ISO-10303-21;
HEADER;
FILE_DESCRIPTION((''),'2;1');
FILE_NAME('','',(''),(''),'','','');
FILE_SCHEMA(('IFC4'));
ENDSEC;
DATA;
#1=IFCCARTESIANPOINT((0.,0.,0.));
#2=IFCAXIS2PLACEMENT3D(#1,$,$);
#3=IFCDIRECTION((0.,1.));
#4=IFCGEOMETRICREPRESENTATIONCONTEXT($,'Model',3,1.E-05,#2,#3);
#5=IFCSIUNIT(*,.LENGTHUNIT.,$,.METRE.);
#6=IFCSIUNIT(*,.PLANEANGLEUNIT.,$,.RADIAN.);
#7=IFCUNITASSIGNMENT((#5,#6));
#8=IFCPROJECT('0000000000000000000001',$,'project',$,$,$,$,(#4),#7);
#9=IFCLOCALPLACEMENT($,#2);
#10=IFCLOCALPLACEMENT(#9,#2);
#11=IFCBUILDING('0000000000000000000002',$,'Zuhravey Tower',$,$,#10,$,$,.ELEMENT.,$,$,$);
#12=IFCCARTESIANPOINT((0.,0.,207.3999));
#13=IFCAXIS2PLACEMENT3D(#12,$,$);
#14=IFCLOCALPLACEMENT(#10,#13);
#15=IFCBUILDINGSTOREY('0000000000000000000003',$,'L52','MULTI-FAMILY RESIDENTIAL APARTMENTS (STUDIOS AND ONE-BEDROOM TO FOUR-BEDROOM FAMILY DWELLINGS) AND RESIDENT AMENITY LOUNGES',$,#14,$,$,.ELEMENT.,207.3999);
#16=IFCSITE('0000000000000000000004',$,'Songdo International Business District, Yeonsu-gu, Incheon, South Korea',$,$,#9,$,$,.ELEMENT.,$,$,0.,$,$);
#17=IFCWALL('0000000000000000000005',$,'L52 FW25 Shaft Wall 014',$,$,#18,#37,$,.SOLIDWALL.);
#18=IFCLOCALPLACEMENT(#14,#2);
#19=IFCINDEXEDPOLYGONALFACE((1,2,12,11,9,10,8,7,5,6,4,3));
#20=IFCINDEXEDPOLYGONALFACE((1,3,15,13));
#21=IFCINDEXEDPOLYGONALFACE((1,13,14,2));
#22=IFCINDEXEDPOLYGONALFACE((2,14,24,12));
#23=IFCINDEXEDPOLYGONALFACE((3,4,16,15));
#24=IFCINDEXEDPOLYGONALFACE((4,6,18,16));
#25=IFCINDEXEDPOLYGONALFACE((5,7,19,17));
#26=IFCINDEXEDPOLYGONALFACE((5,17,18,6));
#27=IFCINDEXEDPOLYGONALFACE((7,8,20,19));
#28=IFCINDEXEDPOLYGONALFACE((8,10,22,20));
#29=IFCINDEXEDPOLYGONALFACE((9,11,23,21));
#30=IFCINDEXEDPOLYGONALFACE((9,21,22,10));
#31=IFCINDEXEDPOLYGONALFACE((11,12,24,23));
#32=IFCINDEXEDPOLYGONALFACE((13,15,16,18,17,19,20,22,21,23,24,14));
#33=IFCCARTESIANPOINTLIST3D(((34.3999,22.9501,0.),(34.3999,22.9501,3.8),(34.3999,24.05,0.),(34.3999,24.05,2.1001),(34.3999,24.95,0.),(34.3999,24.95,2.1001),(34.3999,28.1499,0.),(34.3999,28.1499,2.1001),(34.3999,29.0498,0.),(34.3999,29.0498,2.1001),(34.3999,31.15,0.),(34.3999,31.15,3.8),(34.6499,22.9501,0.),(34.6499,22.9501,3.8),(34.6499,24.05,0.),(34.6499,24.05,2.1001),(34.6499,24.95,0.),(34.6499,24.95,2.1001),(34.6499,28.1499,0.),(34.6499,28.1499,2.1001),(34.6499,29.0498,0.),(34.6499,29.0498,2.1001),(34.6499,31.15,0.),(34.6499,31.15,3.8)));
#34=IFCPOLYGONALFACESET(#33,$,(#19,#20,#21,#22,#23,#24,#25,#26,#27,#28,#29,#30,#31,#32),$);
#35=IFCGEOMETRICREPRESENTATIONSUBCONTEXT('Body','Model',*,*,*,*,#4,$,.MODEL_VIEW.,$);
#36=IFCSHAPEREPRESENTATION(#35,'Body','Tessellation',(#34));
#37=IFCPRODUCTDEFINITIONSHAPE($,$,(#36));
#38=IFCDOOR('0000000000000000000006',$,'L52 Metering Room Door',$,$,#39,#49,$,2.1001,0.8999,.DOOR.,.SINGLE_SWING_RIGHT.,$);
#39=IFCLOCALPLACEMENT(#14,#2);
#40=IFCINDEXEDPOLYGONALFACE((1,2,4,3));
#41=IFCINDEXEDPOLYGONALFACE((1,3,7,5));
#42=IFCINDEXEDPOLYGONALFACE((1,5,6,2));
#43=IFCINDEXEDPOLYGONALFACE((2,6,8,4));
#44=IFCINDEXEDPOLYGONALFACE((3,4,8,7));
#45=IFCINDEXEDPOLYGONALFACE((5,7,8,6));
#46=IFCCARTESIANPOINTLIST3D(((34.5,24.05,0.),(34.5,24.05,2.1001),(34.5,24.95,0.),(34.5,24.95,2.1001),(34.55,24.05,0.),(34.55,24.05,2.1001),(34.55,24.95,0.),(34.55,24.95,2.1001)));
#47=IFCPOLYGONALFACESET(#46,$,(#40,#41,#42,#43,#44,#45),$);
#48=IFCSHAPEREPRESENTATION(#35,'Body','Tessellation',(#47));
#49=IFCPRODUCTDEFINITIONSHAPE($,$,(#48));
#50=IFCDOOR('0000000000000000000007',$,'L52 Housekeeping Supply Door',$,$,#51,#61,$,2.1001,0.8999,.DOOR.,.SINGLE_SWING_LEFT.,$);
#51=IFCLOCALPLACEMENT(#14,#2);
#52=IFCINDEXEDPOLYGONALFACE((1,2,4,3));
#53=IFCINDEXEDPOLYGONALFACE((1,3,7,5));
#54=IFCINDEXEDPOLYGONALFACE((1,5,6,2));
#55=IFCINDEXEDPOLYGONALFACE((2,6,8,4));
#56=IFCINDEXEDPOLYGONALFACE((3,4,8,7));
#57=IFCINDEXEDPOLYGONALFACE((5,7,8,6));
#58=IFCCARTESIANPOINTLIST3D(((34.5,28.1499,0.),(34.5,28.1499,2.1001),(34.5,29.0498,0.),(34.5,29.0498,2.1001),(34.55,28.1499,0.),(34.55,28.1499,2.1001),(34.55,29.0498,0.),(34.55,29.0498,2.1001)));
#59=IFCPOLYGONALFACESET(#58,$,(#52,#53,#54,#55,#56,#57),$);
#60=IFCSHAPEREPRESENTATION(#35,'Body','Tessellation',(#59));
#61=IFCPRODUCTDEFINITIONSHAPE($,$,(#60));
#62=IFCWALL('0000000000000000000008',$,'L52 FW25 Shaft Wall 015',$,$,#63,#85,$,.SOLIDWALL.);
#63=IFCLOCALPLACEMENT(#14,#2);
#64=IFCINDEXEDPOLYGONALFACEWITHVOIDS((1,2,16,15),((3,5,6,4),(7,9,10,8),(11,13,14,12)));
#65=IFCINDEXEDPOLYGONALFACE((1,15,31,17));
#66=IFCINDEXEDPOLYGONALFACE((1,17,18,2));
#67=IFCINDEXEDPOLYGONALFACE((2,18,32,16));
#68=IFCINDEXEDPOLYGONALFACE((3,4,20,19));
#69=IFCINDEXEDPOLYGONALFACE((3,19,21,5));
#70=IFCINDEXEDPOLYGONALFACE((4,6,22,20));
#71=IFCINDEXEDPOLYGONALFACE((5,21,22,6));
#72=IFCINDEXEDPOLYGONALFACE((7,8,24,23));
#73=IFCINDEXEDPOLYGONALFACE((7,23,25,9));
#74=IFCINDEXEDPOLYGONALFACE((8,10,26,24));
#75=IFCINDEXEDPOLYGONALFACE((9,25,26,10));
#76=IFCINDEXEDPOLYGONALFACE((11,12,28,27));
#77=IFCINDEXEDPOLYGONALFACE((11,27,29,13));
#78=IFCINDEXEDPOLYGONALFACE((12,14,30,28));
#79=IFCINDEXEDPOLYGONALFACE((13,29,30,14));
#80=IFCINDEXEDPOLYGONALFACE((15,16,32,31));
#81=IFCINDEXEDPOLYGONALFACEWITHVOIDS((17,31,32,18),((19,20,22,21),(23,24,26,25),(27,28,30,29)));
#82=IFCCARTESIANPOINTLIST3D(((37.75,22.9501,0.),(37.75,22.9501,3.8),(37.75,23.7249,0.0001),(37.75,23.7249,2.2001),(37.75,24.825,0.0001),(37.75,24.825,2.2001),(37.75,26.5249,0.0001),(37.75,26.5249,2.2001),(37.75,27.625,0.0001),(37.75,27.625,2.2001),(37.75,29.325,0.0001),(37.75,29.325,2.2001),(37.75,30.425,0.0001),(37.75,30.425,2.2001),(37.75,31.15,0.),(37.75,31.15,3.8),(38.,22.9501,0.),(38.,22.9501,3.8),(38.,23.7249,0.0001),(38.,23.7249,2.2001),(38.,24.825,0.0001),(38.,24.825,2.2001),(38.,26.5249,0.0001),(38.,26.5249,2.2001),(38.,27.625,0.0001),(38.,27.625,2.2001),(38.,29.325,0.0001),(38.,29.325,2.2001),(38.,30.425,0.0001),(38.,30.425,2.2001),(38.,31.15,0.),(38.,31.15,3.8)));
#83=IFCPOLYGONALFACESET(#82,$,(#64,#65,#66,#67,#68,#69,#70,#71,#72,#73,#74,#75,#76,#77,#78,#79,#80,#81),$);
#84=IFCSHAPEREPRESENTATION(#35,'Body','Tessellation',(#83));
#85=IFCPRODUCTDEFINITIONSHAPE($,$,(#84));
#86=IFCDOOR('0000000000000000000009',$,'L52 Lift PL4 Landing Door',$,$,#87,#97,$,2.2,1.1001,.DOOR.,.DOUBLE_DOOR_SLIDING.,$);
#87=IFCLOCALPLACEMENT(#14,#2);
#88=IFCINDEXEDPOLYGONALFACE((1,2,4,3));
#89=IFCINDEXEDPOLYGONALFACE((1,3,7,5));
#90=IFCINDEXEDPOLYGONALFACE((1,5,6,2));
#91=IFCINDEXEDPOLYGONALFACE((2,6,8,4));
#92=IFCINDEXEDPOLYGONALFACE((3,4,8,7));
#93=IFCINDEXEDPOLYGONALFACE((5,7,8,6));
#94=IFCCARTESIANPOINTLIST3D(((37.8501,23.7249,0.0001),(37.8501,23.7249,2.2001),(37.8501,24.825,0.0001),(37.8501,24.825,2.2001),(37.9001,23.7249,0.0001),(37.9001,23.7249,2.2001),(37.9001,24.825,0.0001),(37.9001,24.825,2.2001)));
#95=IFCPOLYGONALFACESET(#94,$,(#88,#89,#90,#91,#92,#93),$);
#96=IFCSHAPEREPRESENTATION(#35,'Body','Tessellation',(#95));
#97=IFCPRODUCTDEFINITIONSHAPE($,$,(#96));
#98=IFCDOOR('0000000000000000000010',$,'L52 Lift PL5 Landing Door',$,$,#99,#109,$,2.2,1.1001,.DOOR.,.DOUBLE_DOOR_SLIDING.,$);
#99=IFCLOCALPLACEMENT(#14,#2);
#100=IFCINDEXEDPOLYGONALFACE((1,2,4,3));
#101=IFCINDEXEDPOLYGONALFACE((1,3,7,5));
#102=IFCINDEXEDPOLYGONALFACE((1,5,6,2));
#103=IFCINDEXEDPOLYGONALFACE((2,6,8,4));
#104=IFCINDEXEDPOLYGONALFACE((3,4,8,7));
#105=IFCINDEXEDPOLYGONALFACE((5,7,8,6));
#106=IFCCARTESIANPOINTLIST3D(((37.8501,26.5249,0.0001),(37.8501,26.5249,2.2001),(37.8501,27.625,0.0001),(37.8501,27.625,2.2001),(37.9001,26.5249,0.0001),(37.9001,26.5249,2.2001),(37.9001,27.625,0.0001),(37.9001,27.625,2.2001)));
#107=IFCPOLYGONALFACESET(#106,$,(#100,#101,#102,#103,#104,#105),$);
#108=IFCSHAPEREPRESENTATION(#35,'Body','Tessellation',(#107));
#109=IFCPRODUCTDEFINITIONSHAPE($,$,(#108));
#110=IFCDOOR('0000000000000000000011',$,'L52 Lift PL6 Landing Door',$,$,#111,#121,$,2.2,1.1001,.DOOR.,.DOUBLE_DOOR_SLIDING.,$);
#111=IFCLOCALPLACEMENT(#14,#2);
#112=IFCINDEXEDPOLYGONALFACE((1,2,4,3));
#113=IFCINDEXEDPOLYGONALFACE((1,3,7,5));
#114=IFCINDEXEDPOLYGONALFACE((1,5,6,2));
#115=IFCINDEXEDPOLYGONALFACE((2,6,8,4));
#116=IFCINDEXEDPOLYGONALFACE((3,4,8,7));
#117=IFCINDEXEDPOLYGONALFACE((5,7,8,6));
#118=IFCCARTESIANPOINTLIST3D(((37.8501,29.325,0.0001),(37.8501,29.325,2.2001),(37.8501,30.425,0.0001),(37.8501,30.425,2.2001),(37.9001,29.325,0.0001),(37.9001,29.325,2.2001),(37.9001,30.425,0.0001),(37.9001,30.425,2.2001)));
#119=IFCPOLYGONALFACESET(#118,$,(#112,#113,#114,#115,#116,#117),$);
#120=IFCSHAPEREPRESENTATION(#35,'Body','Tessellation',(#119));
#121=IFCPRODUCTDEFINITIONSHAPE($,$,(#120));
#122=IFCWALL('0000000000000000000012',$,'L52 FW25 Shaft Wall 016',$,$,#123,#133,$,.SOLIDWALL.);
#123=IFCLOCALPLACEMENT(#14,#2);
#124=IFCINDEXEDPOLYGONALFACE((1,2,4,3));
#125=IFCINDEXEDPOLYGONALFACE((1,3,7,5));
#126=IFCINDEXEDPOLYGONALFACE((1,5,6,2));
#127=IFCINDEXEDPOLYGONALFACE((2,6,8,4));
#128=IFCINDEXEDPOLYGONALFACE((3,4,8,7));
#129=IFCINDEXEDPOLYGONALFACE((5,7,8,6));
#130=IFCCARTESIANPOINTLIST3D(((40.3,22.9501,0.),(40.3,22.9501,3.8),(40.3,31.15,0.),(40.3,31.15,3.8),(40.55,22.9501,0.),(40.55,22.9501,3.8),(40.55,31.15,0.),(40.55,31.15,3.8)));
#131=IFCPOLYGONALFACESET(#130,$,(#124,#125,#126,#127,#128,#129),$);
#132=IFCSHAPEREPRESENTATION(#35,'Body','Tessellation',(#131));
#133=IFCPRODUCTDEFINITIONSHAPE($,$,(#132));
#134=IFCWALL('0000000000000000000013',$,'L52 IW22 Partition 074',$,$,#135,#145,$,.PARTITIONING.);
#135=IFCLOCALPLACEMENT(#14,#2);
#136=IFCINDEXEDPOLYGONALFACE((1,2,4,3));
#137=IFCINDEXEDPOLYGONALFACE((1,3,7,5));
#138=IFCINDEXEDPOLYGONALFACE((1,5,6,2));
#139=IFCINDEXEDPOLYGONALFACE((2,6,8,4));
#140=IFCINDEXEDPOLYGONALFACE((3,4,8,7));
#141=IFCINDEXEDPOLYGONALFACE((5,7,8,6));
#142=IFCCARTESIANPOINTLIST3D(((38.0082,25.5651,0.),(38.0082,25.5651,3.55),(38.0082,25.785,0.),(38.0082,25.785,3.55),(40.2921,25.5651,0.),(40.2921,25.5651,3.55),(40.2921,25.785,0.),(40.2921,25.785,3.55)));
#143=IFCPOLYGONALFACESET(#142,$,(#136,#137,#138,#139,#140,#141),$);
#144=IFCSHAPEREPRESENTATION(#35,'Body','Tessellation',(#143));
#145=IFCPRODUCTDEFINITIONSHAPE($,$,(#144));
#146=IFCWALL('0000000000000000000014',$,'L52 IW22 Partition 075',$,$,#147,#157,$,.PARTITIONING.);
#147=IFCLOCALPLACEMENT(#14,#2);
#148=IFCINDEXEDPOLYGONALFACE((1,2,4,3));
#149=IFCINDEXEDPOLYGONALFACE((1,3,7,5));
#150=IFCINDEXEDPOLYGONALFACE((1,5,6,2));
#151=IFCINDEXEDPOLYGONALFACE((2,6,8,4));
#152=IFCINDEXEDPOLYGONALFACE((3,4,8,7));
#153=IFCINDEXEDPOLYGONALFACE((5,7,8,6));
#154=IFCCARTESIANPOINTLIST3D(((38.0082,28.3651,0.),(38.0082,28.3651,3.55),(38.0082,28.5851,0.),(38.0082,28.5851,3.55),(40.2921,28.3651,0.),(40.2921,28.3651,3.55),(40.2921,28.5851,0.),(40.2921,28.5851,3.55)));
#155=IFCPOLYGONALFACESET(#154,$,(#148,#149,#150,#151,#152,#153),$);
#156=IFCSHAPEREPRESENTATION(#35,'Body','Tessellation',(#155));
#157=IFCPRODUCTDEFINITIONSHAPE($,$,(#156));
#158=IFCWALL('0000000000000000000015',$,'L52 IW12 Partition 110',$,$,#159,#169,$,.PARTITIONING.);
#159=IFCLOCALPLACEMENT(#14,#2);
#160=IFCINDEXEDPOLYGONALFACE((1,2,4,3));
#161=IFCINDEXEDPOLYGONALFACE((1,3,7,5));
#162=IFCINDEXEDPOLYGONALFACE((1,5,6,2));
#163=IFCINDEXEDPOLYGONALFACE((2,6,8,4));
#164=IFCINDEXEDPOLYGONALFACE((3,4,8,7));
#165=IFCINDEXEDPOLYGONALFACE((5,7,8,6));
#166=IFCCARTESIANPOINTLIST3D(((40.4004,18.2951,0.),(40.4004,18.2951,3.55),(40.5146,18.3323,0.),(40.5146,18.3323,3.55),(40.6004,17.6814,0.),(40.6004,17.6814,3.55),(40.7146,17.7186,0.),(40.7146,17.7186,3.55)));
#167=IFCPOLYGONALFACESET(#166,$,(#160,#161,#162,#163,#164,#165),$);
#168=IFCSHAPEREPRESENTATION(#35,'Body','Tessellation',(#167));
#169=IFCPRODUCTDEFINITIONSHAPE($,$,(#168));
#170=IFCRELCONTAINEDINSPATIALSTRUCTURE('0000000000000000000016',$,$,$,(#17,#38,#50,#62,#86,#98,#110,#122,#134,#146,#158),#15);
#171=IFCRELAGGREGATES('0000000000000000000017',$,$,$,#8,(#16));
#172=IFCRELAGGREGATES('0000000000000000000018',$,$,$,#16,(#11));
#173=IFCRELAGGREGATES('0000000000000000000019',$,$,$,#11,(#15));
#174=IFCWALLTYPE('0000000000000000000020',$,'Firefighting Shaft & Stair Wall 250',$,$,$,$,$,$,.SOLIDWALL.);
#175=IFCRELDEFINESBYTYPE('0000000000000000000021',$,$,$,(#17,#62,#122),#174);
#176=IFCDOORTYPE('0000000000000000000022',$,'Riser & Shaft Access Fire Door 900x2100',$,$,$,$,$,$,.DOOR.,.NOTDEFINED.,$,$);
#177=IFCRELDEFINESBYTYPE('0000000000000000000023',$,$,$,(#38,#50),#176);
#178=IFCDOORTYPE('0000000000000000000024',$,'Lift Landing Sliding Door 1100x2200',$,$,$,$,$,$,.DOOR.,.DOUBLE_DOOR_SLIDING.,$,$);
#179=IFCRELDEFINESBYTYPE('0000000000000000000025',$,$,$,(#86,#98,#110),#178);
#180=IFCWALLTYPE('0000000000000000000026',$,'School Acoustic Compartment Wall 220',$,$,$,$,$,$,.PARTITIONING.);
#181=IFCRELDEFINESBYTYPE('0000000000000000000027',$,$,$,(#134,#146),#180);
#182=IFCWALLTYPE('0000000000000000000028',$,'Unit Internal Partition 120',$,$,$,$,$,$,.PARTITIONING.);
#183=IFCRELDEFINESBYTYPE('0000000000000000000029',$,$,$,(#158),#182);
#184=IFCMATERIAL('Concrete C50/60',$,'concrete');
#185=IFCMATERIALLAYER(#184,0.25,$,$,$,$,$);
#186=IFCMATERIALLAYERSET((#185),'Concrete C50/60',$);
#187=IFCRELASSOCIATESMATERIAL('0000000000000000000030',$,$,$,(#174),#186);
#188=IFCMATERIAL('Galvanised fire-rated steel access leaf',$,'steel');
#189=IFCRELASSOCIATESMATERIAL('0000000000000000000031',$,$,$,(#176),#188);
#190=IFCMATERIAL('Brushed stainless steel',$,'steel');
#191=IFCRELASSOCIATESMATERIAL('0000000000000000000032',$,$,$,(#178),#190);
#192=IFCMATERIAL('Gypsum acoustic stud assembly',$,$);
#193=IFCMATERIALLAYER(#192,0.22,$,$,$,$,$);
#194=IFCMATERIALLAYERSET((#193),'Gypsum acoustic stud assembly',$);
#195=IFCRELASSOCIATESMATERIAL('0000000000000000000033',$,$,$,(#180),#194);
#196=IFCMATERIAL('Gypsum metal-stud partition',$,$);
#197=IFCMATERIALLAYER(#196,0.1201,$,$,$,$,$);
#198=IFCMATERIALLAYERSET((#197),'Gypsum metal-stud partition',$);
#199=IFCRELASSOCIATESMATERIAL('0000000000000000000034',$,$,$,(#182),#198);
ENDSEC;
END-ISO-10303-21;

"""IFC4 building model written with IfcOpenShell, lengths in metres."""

from ifc_helpers import new_model, si_unit, direction, frame, frame_2d, origin, place, context, subcontext, project, spatial, rectangle, extrude, material, layer, layer_set, type_object, element, fill, save


model = new_model("IFC4")

# Units and contexts
model_context = context("Model", 3, precision=1e-05, world=origin(), true_north=direction((0.0, 1.0)))
body_context = subcontext(model_context, "Body", "Model", "MODEL_VIEW")
ifc_project = project(units=[si_unit("LENGTHUNIT", "METRE"), si_unit("PLANEANGLEUNIT", "RADIAN")], contexts=[model_context])

# Site, building, storey
site_placement = place(None, origin())
site = spatial("IfcSite", under=ifc_project, at=site_placement, Name="Songdo International Business District, Yeonsu-gu, Incheon, South Korea", CompositionType="ELEMENT", RefElevation=0.0)
building_placement = place(site_placement, origin())
building = spatial("IfcBuilding", under=site, at=building_placement, Name="Zuhravey Tower", CompositionType="ELEMENT")
storey_placement = place(building_placement, frame((0.0, 0.0, 207.3999)))
storey = spatial("IfcBuildingStorey", under=building, at=storey_placement, Name="L52", Description="MULTI-FAMILY RESIDENTIAL APARTMENTS (STUDIOS AND ONE-BEDROOM TO FOUR-BEDROOM FAMILY DWELLINGS) AND RESIDENT AMENITY LOUNGES", CompositionType="ELEMENT", Elevation=207.3999)

# Shared definitions
ifc_material_1 = material(Name="Concrete C50/60", Category="concrete")
ifc_layer_1 = layer(ifc_material_1, 0.25)
ifc_layer_set_1 = layer_set([ifc_layer_1], Name="Concrete C50/60")
wall_type_1 = type_object("IfcWallType", Name="Firefighting Shaft & Stair Wall 250", PredefinedType="SOLIDWALL", material=ifc_layer_set_1)

# Shared definitions
ifc_material_2 = material(Name="Galvanised fire-rated steel access leaf", Category="steel")
door_type_1 = type_object("IfcDoorType", Name="Riser & Shaft Access Fire Door 900x2100", OperationType="NOTDEFINED", PredefinedType="DOOR", material=ifc_material_2)

# Walls, openings, doors
wall_1_placement = place(storey_placement, frame((34.5249, 22.95, 0.0), z_axis=(0.0, 0.0, 1.0), x_axis=(0.0, 1.0, 0.0)))
wall_1 = element("IfcWall", 1, at=wall_1_placement, inside=storey, type_object=wall_type_1, Name="L52 FW25 Shaft Wall 014", PredefinedType="SOLIDWALL", context=body_context, shape_type="SweptSolid", body=[
    extrude(rectangle(XDim=8.2, YDim=0.25, at=frame_2d((4.1001, 0.0))), origin(), (0.0, 0.0, 1.0), 3.8),
])
opening_1_placement = place(wall_1_placement, frame((1.1001, 0.0, 0.0)))
opening_1 = element("IfcOpeningElement", 2, at=opening_1_placement, cuts=wall_1, PredefinedType="OPENING", context=body_context, shape_type="SweptSolid", body=[
    extrude(rectangle(XDim=0.8999, YDim=2.1001, at=frame_2d((0.45, 1.05))), frame((0.0, 0.137, 0.0), z_axis=(0.0, -1.0, 0.0), x_axis=(1.0, 0.0, 0.0)), (0.0, 0.0, 1.0), 0.2739),
])
opening_2_placement = place(wall_1_placement, frame((5.2, 0.0, 0.0)))
opening_2 = element("IfcOpeningElement", 3, at=opening_2_placement, cuts=wall_1, PredefinedType="OPENING", context=body_context, shape_type="SweptSolid", body=[
    extrude(rectangle(XDim=0.8999, YDim=2.1001, at=frame_2d((0.45, 1.05))), frame((0.0, 0.137, 0.0), z_axis=(0.0, -1.0, 0.0), x_axis=(1.0, 0.0, 0.0)), (0.0, 0.0, 1.0), 0.2739),
])
door_1_placement = place(opening_1_placement, origin())
door_1 = element("IfcDoor", 4, at=door_1_placement, inside=storey, type_object=door_type_1, Name="L52 Metering Room Door", OperationType="SINGLE_SWING_RIGHT", OverallHeight=2.1001, OverallWidth=0.8999, PredefinedType="DOOR", context=body_context, shape_type="SweptSolid", body=[
    extrude(rectangle(XDim=0.8999, YDim=2.1001, at=frame_2d((0.45, 1.05))), frame((0.0, 0.0249, 0.0), z_axis=(0.0, -1.0, 0.0), x_axis=(1.0, 0.0, 0.0)), (0.0, 0.0, 1.0), 0.05),
])
fill(opening_1, door_1)
door_2_placement = place(opening_2_placement, origin())
door_2 = element("IfcDoor", 5, at=door_2_placement, inside=storey, type_object=door_type_1, Name="L52 Housekeeping Supply Door", OperationType="SINGLE_SWING_LEFT", OverallHeight=2.1001, OverallWidth=0.8999, PredefinedType="DOOR", context=body_context, shape_type="SweptSolid", body=[
    extrude(rectangle(XDim=0.8999, YDim=2.1001, at=frame_2d((0.45, 1.05))), frame((0.0, 0.0249, 0.0), z_axis=(0.0, -1.0, 0.0), x_axis=(1.0, 0.0, 0.0)), (0.0, 0.0, 1.0), 0.05),
])
fill(opening_2, door_2)
wall_2_placement = place(storey_placement, frame((37.875, 22.95, 0.0), z_axis=(0.0, 0.0, 1.0), x_axis=(0.0, 1.0, 0.0)))
wall_2 = element("IfcWall", 6, at=wall_2_placement, inside=storey, type_object=wall_type_1, Name="L52 FW25 Shaft Wall 015", PredefinedType="SOLIDWALL", context=body_context, shape_type="SweptSolid", body=[
    extrude(rectangle(XDim=8.2, YDim=0.25, at=frame_2d((4.1001, 0.0))), origin(), (0.0, 0.0, 1.0), 3.8),
])
opening_3_placement = place(wall_2_placement, frame((0.7749, 0.0, 0.0)))
opening_3 = element("IfcOpeningElement", 7, at=opening_3_placement, cuts=wall_2, PredefinedType="OPENING", context=body_context, shape_type="SweptSolid", body=[
    extrude(rectangle(XDim=1.1001, YDim=2.2, at=frame_2d((0.55, 1.1001))), frame((0.0, 0.137, 0.0), z_axis=(0.0, -1.0, 0.0), x_axis=(1.0, 0.0, 0.0)), (0.0, 0.0, 1.0), 0.2739),
])
opening_4_placement = place(wall_2_placement, frame((3.575, 0.0, 0.0)))
opening_4 = element("IfcOpeningElement", 8, at=opening_4_placement, cuts=wall_2, PredefinedType="OPENING", context=body_context, shape_type="SweptSolid", body=[
    extrude(rectangle(XDim=1.1001, YDim=2.2, at=frame_2d((0.55, 1.1001))), frame((0.0, 0.137, 0.0), z_axis=(0.0, -1.0, 0.0), x_axis=(1.0, 0.0, 0.0)), (0.0, 0.0, 1.0), 0.2739),
])
opening_5_placement = place(wall_2_placement, frame((6.375, 0.0, 0.0)))
opening_5 = element("IfcOpeningElement", 9, at=opening_5_placement, cuts=wall_2, PredefinedType="OPENING", context=body_context, shape_type="SweptSolid", body=[
    extrude(rectangle(XDim=1.1001, YDim=2.2, at=frame_2d((0.55, 1.1001))), frame((0.0, 0.137, 0.0), z_axis=(0.0, -1.0, 0.0), x_axis=(1.0, 0.0, 0.0)), (0.0, 0.0, 1.0), 0.2739),
])
ifc_material_3 = material(Name="Brushed stainless steel", Category="steel")
door_type_2 = type_object("IfcDoorType", Name="Lift Landing Sliding Door 1100x2200", OperationType="DOUBLE_DOOR_SLIDING", PredefinedType="DOOR", material=ifc_material_3)
door_3_placement = place(opening_3_placement, origin())
door_3 = element("IfcDoor", 10, at=door_3_placement, inside=storey, type_object=door_type_2, Name="L52 Lift PL4 Landing Door", OperationType="DOUBLE_DOOR_SLIDING", OverallHeight=2.2, OverallWidth=1.1001, PredefinedType="DOOR", context=body_context, shape_type="SweptSolid", body=[
    extrude(rectangle(XDim=1.1001, YDim=2.2, at=frame_2d((0.55, 1.1001))), frame((0.0, 0.0249, 0.0), z_axis=(0.0, -1.0, 0.0), x_axis=(1.0, 0.0, 0.0)), (0.0, 0.0, 1.0), 0.05),
])
fill(opening_3, door_3)
door_4_placement = place(opening_4_placement, origin())
door_4 = element("IfcDoor", 11, at=door_4_placement, inside=storey, type_object=door_type_2, Name="L52 Lift PL5 Landing Door", OperationType="DOUBLE_DOOR_SLIDING", OverallHeight=2.2, OverallWidth=1.1001, PredefinedType="DOOR", context=body_context, shape_type="SweptSolid", body=[
    extrude(rectangle(XDim=1.1001, YDim=2.2, at=frame_2d((0.55, 1.1001))), frame((0.0, 0.0249, 0.0), z_axis=(0.0, -1.0, 0.0), x_axis=(1.0, 0.0, 0.0)), (0.0, 0.0, 1.0), 0.05),
])
fill(opening_4, door_4)
door_5_placement = place(opening_5_placement, origin())
door_5 = element("IfcDoor", 12, at=door_5_placement, inside=storey, type_object=door_type_2, Name="L52 Lift PL6 Landing Door", OperationType="DOUBLE_DOOR_SLIDING", OverallHeight=2.2, OverallWidth=1.1001, PredefinedType="DOOR", context=body_context, shape_type="SweptSolid", body=[
    extrude(rectangle(XDim=1.1001, YDim=2.2, at=frame_2d((0.55, 1.1001))), frame((0.0, 0.0249, 0.0), z_axis=(0.0, -1.0, 0.0), x_axis=(1.0, 0.0, 0.0)), (0.0, 0.0, 1.0), 0.05),
])
fill(opening_5, door_5)

# Walls
wall_3_placement = place(storey_placement, frame((40.425, 22.95, 0.0), z_axis=(0.0, 0.0, 1.0), x_axis=(0.0, 1.0, 0.0)))
element("IfcWall", 13, at=wall_3_placement, inside=storey, type_object=wall_type_1, Name="L52 FW25 Shaft Wall 016", PredefinedType="SOLIDWALL", context=body_context, shape_type="SweptSolid", body=[
    extrude(rectangle(XDim=8.2, YDim=0.25, at=frame_2d((4.1001, 0.0))), origin(), (0.0, 0.0, 1.0), 3.8),
])
ifc_material_4 = material(Name="Gypsum acoustic stud assembly")
ifc_layer_2 = layer(ifc_material_4, 0.22)
ifc_layer_set_2 = layer_set([ifc_layer_2], Name="Gypsum acoustic stud assembly")
wall_type_2 = type_object("IfcWallType", Name="School Acoustic Compartment Wall 220", PredefinedType="PARTITIONING", material=ifc_layer_set_2)
for number, where, z_axis, x_axis, name in (
    (14, (38.0081, 25.675, 0.0), (0.0, 0.0, 1.0), (1.0, 0.0, 0.0), "L52 IW22 Partition 074"),
    (15, (38.0081, 28.4751, 0.0), (0.0, 0.0, 1.0), (1.0, 0.0, 0.0), "L52 IW22 Partition 075"),
):
    element("IfcWall", number, at=place(storey_placement, frame(where, z_axis=z_axis, x_axis=x_axis)), inside=storey, type_object=wall_type_2, Name=name, PredefinedType="PARTITIONING", context=body_context, shape_type="SweptSolid", body=[
        extrude(rectangle(XDim=2.2839, YDim=0.22, at=frame_2d((1.1421, 0.0))), origin(), (0.0, 0.0, 1.0), 3.55),
    ])
ifc_material_5 = material(Name="Gypsum metal-stud partition")
ifc_layer_3 = layer(ifc_material_5, 0.1201)
ifc_layer_set_3 = layer_set([ifc_layer_3], Name="Gypsum metal-stud partition")
wall_type_3 = type_object("IfcWallType", Name="Unit Internal Partition 120", PredefinedType="PARTITIONING", material=ifc_layer_set_3)
wall_4_placement = place(storey_placement, frame((40.4575, 18.3137, 0.0), z_axis=(0.0, 0.0, 1.0), x_axis=(0.309753, -0.950817, 0.0)))
element("IfcWall", 16, at=wall_4_placement, inside=storey, type_object=wall_type_3, Name="L52 IW12 Partition 110", PredefinedType="PARTITIONING", context=body_context, shape_type="SweptSolid", body=[
    extrude(rectangle(XDim=0.6455, YDim=0.1201, at=frame_2d((0.3228, 0.0))), origin(), (0.0, 0.0, 1.0), 3.55),
])

save(model, "model.ifc")
